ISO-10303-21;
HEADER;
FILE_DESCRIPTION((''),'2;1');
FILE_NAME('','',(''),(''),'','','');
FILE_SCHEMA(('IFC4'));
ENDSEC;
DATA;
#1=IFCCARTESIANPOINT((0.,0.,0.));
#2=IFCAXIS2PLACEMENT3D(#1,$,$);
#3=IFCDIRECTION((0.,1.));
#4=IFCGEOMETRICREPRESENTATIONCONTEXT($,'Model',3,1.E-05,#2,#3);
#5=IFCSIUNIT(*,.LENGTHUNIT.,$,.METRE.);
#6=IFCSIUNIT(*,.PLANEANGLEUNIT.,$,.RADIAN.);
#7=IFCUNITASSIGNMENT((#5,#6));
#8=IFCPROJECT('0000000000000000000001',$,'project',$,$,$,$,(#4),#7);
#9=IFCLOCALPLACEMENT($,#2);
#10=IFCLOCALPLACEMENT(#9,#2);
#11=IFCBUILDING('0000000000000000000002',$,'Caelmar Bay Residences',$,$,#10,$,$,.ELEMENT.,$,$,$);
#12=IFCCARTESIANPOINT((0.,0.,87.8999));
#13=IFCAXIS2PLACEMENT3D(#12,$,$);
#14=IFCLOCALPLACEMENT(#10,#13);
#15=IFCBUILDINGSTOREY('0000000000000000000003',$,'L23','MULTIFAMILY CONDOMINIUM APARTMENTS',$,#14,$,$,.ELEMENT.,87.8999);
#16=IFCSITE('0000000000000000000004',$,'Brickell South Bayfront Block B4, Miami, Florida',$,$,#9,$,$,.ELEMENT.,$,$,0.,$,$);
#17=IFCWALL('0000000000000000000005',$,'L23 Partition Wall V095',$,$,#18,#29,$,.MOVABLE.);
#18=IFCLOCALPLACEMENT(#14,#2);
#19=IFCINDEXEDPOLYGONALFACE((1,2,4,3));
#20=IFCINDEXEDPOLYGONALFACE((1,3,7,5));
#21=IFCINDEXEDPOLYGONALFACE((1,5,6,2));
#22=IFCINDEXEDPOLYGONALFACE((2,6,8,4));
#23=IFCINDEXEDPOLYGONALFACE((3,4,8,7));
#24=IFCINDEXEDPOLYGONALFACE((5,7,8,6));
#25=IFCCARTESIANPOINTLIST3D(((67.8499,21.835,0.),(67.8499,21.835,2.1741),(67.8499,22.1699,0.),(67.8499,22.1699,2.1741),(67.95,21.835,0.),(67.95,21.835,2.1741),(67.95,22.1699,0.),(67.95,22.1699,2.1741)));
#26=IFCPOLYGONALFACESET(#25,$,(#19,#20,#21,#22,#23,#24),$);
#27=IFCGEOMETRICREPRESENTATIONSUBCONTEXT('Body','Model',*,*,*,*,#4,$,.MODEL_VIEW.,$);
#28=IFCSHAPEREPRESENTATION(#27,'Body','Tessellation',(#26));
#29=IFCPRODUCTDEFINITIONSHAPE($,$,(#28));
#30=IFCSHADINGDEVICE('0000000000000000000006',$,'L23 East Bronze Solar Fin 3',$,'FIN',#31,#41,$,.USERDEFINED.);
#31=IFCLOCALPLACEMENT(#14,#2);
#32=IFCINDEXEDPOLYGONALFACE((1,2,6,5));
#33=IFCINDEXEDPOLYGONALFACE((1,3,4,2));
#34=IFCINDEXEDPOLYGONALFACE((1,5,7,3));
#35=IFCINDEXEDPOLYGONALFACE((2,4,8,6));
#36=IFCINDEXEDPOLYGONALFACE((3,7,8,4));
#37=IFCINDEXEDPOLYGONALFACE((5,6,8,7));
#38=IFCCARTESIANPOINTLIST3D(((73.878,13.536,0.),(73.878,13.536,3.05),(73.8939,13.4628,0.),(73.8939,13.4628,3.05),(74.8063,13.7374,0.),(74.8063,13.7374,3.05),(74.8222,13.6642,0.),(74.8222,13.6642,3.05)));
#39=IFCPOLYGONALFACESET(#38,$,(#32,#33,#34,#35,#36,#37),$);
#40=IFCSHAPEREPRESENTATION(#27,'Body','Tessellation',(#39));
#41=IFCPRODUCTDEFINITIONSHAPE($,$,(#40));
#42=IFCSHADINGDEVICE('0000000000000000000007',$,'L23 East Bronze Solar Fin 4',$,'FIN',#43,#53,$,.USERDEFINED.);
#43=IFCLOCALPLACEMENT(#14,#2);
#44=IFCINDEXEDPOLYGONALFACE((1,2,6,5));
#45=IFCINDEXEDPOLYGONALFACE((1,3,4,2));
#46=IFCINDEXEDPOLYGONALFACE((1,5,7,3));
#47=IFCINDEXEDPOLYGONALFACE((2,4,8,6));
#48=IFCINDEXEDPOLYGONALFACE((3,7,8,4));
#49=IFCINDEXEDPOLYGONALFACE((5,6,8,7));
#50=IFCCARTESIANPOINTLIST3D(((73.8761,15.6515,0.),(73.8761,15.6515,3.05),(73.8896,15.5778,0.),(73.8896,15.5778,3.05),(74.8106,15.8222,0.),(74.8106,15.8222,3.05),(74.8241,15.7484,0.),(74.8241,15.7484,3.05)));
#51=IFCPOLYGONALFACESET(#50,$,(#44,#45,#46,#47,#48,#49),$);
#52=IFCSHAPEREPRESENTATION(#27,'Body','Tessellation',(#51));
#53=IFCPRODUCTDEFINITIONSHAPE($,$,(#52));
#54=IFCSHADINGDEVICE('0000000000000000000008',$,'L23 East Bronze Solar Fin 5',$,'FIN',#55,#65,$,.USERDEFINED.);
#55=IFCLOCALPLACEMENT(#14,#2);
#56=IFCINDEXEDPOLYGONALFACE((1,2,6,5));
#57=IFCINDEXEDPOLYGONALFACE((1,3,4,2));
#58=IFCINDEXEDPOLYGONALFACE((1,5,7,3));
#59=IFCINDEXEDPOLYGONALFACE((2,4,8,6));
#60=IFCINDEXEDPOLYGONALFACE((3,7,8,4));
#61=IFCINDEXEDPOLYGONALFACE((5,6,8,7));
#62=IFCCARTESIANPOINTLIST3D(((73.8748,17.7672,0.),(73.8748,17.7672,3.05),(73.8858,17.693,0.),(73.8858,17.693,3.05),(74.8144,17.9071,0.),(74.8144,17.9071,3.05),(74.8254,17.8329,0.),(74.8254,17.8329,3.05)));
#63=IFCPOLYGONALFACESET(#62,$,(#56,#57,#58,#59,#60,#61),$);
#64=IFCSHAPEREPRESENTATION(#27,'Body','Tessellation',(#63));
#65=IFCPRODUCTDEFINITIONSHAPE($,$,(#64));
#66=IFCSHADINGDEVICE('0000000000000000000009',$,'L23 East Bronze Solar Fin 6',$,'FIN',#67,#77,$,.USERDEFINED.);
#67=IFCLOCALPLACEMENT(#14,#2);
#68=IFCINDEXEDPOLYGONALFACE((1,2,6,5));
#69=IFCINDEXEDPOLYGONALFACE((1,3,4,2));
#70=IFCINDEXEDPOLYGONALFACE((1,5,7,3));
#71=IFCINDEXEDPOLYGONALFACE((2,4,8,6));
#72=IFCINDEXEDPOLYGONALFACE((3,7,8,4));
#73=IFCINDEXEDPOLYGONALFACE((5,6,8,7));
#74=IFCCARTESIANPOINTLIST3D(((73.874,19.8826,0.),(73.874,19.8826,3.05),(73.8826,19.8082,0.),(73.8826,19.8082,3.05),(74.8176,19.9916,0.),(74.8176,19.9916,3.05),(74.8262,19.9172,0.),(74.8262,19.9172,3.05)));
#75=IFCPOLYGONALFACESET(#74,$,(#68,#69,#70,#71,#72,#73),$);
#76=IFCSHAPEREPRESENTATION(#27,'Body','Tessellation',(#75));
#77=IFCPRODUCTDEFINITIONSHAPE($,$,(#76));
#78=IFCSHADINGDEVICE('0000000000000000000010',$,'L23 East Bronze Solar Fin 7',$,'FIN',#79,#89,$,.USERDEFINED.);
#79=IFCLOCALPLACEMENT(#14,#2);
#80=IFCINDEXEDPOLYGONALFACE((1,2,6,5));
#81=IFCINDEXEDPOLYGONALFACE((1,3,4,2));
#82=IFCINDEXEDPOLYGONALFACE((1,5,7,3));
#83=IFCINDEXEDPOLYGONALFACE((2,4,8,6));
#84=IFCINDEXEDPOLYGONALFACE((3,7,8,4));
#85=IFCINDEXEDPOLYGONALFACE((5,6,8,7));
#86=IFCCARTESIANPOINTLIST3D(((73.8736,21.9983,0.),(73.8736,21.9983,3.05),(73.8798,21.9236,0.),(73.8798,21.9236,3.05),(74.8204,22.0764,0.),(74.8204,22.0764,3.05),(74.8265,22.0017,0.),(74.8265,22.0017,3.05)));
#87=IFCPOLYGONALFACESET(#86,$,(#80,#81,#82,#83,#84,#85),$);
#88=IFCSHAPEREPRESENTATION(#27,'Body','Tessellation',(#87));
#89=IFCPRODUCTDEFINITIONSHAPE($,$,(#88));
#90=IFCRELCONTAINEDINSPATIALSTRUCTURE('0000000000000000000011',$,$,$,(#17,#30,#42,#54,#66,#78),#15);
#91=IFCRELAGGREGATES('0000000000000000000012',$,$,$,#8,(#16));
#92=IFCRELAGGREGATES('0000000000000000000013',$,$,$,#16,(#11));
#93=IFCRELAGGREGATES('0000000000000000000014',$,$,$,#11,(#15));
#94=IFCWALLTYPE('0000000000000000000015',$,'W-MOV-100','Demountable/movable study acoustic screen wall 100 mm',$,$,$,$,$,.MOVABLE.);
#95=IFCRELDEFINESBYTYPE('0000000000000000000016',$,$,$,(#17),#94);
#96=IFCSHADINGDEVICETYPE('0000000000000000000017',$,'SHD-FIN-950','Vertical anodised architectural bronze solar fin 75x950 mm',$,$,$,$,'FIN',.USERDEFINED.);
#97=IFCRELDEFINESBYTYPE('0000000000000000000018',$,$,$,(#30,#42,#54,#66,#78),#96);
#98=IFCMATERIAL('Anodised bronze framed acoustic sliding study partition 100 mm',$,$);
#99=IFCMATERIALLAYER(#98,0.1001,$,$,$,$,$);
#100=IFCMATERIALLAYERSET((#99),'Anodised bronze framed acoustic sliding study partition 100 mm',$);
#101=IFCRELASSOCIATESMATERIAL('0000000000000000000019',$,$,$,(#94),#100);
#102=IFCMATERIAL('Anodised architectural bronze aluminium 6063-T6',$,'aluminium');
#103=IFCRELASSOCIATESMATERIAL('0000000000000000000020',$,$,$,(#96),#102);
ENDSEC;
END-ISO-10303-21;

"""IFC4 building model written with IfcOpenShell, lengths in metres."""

from ifc_helpers import new_model, si_unit, direction, frame, frame_2d, origin, origin_2d, place, context, subcontext, project, spatial, rectangle, extrude, material, layer, layer_set, material_profile, profile_set, type_object, element, save


model = new_model("IFC4")

# Units and contexts
model_context = context("Model", 3, precision=1e-05, world=origin(), true_north=direction((0.0, 1.0)))
body_context = subcontext(model_context, "Body", "Model", "MODEL_VIEW")
ifc_project = project(units=[si_unit("LENGTHUNIT", "METRE"), si_unit("PLANEANGLEUNIT", "RADIAN")], contexts=[model_context])

# Site, building, storey
site_placement = place(None, origin())
site = spatial("IfcSite", under=ifc_project, at=site_placement, Name="Brickell South Bayfront Block B4, Miami, Florida", CompositionType="ELEMENT", RefElevation=0.0)
building_placement = place(site_placement, origin())
building = spatial("IfcBuilding", under=site, at=building_placement, Name="Caelmar Bay Residences", CompositionType="ELEMENT")
storey_placement = place(building_placement, frame((0.0, 0.0, 87.8999)))
storey = spatial("IfcBuildingStorey", under=building, at=storey_placement, Name="L23", Description="MULTIFAMILY CONDOMINIUM APARTMENTS", CompositionType="ELEMENT", Elevation=87.8999)

# Wall
ifc_material_1 = material(Name="Anodised bronze framed acoustic sliding study partition 100 mm")
ifc_layer_1 = layer(ifc_material_1, 0.1001)
ifc_layer_set_1 = layer_set([ifc_layer_1], Name="Anodised bronze framed acoustic sliding study partition 100 mm")
wall_type = type_object("IfcWallType", Name="W-MOV-100", Description="Demountable/movable study acoustic screen wall 100 mm", PredefinedType="MOVABLE", material=ifc_layer_set_1)
wall_placement = place(storey_placement, frame((67.8999, 21.835, 0.0), z_axis=(0.0, 0.0, 1.0), x_axis=(0.0, 1.0, 0.0)))
element("IfcWall", 1, at=wall_placement, inside=storey, type_object=wall_type, Name="L23 Partition Wall V095", PredefinedType="MOVABLE", context=body_context, shape_type="SweptSolid", body=[
    extrude(rectangle(XDim=0.335, YDim=0.1001, at=frame_2d((0.1675, 0.0))), origin(), (0.0, 0.0, 1.0), 2.1741),
])

# Shading devices
ifc_material_2 = material(Name="Anodised architectural bronze aluminium 6063-T6", Category="aluminium")
ifc_material_profile_1 = material_profile(ifc_material_2, rectangle(XDim=0.075, YDim=0.95, at=origin_2d()), Name="BRONZE-FIN-75X950")
ifc_profile_set_1 = profile_set([ifc_material_profile_1], Name="Anodised architectural bronze aluminium 6063-T6")
shading_device_type = type_object("IfcShadingDeviceType", Name="SHD-FIN-950", Description="Vertical anodised architectural bronze solar fin 75x950 mm", ElementType="FIN", PredefinedType="USERDEFINED", material=ifc_profile_set_1)
for number, where, z_axis, x_axis, name in (
    (2, (74.3501, 13.6001, 0.0), (0.0, 0.0, 1.0), (-0.212007, 0.977268, 0.0), "L23 East Bronze Solar Fin 3"),
    (3, (74.3501, 15.7, 0.0), (0.0, 0.0, 1.0), (-0.179661, 0.983729, 0.0), "L23 East Bronze Solar Fin 4"),
    (4, (74.3501, 17.8, 0.0), (0.0, 0.0, 1.0), (-0.147292, 0.989093, 0.0), "L23 East Bronze Solar Fin 5"),
    (5, (74.3501, 19.8999, 0.0), (0.0, 0.0, 1.0), (-0.114764, 0.993393, 0.0), "L23 East Bronze Solar Fin 6"),
    (6, (74.3501, 22.0, 0.0), (0.0, 0.0, 1.0), (-0.082112, 0.996623, 0.0), "L23 East Bronze Solar Fin 7"),
):
    element("IfcShadingDevice", number, at=place(storey_placement, frame(where, z_axis=z_axis, x_axis=x_axis)), inside=storey, type_object=shading_device_type, Name=name, ObjectType="FIN", PredefinedType="USERDEFINED", context=body_context, shape_type="SweptSolid", body=[
        extrude(rectangle(XDim=0.075, YDim=0.95, at=origin_2d()), origin(), (0.0, 0.0, 1.0), 3.05),
    ])

save(model, "model.ifc")
